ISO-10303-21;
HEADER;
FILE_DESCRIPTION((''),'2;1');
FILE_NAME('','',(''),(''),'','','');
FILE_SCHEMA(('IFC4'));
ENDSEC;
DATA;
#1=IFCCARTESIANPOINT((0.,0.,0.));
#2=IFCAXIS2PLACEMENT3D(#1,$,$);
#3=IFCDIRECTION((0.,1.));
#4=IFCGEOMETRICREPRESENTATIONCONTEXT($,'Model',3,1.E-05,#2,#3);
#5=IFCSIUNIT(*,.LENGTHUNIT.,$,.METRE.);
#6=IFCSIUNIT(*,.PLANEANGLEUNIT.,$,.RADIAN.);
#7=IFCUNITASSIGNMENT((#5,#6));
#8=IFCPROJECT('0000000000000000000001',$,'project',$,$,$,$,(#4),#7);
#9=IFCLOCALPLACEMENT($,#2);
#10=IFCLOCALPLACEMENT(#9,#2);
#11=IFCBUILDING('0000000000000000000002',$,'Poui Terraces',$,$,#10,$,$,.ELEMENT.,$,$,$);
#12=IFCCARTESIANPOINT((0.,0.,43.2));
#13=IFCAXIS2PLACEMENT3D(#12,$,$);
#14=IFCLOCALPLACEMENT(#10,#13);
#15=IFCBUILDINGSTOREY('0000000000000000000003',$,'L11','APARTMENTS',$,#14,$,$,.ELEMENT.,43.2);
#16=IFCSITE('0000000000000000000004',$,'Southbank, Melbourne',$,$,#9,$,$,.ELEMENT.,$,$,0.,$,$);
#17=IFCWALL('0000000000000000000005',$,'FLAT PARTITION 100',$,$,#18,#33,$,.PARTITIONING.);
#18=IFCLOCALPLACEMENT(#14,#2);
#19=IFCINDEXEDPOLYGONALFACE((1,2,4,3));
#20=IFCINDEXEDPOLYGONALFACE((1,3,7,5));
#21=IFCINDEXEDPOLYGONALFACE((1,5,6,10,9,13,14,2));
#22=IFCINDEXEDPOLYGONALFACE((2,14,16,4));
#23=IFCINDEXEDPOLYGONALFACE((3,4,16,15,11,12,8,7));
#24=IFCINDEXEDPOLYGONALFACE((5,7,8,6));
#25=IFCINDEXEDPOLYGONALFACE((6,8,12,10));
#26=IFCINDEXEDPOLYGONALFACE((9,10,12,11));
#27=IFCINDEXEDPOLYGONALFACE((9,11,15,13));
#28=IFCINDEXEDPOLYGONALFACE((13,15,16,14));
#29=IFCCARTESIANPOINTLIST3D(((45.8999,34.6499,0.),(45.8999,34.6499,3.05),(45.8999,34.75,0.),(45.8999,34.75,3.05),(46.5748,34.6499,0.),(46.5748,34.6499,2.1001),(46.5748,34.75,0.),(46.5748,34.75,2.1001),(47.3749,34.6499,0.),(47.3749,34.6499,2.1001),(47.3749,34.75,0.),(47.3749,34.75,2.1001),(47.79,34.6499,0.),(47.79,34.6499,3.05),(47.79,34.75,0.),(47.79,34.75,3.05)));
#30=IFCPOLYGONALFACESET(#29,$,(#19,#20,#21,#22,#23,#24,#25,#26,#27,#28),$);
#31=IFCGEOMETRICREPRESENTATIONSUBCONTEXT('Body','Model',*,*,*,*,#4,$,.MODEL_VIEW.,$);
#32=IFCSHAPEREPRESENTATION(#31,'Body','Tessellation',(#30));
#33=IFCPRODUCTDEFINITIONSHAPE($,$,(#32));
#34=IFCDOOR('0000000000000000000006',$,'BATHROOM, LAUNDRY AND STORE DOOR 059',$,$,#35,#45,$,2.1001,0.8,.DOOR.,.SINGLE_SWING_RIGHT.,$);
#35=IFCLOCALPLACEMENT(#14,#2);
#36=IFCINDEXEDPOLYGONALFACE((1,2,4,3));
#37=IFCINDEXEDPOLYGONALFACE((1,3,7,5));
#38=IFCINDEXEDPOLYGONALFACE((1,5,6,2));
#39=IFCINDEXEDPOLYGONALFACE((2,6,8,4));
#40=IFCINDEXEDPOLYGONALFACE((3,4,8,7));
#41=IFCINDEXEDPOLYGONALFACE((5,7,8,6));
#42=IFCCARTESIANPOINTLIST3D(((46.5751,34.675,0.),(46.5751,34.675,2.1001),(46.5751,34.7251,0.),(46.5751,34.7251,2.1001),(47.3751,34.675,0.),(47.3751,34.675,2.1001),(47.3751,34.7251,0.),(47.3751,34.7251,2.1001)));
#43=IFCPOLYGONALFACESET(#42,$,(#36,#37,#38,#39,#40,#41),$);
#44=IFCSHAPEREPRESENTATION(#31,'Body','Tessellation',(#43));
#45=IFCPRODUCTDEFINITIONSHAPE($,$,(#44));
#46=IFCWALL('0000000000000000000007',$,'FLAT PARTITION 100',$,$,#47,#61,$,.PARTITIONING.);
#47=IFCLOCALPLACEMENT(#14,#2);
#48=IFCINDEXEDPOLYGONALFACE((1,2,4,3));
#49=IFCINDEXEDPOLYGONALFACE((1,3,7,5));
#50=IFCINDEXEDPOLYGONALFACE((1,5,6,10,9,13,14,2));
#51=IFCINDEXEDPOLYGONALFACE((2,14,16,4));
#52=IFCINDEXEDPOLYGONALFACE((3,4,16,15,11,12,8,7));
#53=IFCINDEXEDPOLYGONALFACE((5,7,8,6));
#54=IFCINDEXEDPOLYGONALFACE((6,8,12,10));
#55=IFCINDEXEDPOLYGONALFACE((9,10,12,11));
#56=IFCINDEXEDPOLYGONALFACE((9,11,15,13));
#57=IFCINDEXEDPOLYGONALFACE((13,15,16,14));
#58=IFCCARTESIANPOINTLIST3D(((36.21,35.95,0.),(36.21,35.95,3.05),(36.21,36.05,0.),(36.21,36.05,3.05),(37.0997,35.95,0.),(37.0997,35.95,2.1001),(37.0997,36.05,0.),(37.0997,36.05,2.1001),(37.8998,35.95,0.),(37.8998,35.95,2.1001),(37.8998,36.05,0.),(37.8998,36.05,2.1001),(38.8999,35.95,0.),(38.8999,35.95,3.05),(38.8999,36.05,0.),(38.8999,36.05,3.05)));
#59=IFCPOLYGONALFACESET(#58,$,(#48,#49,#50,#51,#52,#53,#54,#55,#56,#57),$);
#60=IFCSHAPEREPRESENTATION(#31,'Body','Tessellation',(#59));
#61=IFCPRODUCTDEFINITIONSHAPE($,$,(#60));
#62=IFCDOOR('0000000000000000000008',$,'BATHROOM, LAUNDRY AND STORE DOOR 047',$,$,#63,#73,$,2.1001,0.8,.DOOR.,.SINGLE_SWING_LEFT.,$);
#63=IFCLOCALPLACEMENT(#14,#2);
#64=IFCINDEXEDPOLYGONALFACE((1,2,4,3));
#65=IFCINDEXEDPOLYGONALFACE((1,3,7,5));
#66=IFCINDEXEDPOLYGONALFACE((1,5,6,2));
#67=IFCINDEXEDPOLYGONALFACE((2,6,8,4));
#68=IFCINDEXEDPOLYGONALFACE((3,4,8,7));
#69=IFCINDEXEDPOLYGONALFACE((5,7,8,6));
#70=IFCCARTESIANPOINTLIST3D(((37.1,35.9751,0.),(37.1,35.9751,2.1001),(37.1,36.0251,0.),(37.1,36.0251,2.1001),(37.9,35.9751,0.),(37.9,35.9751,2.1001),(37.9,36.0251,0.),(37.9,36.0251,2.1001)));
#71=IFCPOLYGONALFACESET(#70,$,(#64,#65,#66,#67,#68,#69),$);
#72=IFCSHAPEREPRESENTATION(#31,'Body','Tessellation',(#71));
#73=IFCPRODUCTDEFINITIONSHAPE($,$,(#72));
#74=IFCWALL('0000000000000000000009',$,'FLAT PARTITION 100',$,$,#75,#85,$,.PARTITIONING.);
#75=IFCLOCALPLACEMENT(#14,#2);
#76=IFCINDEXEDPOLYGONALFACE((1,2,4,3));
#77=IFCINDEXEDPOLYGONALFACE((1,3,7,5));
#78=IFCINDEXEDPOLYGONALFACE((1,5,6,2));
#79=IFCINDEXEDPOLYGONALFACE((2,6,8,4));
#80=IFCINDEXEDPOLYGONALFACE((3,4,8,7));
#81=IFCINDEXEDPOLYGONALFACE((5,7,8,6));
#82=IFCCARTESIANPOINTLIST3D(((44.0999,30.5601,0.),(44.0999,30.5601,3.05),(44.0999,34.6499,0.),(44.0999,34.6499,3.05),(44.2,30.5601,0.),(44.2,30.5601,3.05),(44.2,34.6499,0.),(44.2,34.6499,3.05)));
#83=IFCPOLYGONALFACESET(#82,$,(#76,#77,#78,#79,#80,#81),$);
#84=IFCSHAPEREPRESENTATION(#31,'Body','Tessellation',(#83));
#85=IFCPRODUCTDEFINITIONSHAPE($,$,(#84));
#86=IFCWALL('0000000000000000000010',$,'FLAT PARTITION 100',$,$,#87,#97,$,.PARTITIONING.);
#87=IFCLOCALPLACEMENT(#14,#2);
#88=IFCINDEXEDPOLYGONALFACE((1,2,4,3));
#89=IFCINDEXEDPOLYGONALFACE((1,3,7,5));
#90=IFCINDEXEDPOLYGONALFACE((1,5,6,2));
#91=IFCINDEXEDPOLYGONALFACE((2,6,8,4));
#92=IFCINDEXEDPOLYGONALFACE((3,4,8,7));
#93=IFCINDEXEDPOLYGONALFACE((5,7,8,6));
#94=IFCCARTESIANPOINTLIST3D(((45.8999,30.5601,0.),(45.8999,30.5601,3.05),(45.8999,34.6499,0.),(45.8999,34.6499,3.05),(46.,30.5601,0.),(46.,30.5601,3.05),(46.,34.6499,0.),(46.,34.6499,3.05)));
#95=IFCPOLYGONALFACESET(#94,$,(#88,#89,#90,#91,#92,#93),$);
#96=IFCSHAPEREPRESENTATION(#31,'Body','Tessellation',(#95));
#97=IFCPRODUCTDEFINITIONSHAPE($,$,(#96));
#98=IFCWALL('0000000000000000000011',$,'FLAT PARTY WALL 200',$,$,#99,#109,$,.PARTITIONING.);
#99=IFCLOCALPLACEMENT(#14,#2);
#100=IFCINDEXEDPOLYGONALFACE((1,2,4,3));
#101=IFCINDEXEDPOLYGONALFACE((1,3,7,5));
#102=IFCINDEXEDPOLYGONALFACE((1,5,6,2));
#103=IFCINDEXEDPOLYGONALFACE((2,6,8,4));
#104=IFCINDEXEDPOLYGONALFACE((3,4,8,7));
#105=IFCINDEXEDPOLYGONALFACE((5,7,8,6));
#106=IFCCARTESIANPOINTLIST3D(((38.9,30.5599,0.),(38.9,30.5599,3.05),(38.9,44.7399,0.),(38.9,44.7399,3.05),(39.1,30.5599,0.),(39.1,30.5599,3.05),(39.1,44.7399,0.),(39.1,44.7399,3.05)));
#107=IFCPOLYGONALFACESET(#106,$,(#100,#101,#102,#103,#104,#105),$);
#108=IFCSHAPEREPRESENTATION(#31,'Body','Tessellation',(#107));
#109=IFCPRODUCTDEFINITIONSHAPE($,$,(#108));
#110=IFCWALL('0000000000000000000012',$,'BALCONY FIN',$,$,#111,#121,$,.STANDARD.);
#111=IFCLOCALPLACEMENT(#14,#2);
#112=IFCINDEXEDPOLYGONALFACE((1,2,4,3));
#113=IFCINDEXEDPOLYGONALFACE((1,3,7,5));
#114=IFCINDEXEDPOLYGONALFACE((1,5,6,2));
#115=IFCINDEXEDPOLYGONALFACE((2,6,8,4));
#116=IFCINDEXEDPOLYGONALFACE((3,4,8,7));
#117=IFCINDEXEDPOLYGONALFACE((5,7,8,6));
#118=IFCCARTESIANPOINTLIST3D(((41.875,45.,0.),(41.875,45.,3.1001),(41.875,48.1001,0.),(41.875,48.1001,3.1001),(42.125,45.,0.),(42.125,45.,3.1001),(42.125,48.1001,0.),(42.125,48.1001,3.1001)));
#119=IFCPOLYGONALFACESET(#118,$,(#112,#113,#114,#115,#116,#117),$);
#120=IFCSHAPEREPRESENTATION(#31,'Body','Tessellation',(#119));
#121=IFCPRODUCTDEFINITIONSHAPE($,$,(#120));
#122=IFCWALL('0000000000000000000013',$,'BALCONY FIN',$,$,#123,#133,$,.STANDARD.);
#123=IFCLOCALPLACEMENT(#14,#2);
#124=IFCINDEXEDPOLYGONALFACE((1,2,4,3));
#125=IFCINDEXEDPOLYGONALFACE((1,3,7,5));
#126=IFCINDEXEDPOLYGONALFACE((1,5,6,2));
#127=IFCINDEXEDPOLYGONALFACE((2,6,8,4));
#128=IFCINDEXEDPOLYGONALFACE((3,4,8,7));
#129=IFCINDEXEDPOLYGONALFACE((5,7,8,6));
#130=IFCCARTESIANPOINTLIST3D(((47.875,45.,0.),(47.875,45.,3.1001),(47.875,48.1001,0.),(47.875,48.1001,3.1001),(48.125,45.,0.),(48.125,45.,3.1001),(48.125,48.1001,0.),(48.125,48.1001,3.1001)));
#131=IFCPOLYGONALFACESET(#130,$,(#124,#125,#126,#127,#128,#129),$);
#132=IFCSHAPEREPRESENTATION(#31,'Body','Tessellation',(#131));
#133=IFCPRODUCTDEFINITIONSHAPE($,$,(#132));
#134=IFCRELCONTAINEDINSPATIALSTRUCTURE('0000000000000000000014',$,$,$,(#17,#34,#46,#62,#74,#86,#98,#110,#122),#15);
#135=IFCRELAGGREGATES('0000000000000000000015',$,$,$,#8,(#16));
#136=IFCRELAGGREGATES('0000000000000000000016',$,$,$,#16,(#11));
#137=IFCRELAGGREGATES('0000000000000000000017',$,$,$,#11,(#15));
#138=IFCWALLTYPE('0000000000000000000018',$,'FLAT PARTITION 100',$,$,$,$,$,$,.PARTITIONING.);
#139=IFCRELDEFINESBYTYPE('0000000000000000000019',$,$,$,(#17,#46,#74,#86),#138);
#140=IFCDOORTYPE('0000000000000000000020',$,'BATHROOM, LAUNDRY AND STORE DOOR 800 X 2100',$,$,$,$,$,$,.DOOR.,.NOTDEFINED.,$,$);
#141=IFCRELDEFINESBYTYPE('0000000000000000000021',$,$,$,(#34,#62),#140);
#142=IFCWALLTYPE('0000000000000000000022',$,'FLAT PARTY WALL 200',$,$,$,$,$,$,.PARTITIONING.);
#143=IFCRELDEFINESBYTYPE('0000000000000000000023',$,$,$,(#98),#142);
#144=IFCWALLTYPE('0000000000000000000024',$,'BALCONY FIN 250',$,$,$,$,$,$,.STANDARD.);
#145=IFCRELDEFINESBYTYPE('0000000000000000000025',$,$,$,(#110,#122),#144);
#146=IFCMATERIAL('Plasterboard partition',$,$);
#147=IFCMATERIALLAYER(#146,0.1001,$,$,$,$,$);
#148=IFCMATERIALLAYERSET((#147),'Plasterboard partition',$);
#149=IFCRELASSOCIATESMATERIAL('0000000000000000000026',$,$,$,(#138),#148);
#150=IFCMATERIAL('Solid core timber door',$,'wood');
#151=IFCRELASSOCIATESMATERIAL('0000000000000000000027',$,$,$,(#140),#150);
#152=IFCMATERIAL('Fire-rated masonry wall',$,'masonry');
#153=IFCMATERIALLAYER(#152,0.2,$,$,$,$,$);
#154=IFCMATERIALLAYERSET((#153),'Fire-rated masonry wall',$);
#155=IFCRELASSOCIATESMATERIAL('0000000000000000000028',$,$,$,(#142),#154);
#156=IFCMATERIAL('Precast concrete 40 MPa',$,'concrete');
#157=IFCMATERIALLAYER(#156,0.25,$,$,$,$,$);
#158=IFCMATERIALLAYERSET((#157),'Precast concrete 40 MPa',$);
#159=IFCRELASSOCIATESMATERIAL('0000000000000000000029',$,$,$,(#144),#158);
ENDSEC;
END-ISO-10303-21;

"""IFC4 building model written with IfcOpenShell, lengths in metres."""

from ifc_helpers import new_model, si_unit, direction, frame, frame_2d, origin, place, context, subcontext, project, spatial, polyline, rectangle, outline, extrude, source, transform, mapped, material, layer, layer_set, type_object, element, fill, save


model = new_model("IFC4")

# Units and contexts
model_context = context("Model", 3, precision=1e-05, world=origin(), true_north=direction((0.0, 1.0)))
body_context = subcontext(model_context, "Body", "Model", "MODEL_VIEW")
ifc_project = project(units=[si_unit("LENGTHUNIT", "METRE"), si_unit("PLANEANGLEUNIT", "RADIAN")], contexts=[model_context])

# Site, building, storey
site_placement = place(None, origin())
site = spatial("IfcSite", under=ifc_project, at=site_placement, Name="Southbank, Melbourne", CompositionType="ELEMENT", RefElevation=0.0)
building_placement = place(site_placement, origin())
building = spatial("IfcBuilding", under=site, at=building_placement, Name="Poui Terraces", CompositionType="ELEMENT")
storey_placement = place(building_placement, frame((0.0, 0.0, 43.2)))
storey = spatial("IfcBuildingStorey", under=building, at=storey_placement, Name="L11", Description="APARTMENTS", CompositionType="ELEMENT", Elevation=43.2)

# Walls, openings, doors
ifc_material_1 = material(Name="Solid core timber door", Category="wood")
ifc_material_2 = material(Name="Plasterboard partition")
ifc_layer_1 = layer(ifc_material_2, 0.1001)
ifc_layer_set_1 = layer_set([ifc_layer_1], Name="Plasterboard partition")
wall_type_1 = type_object("IfcWallType", Name="FLAT PARTITION 100", PredefinedType="PARTITIONING", material=ifc_layer_set_1)
door_type_1 = type_object("IfcDoorType", Name="BATHROOM, LAUNDRY AND STORE DOOR 800 X 2100", OperationType="NOTDEFINED", PredefinedType="DOOR", material=ifc_material_1)
wall_1_placement = place(storey_placement, frame((45.8999, 34.7, 0.0), z_axis=(0.0, 0.0, 1.0), x_axis=(1.0, 0.0, 0.0)))
wall_1 = element("IfcWall", 1, at=wall_1_placement, inside=storey, type_object=wall_type_1, Name="FLAT PARTITION 100", PredefinedType="PARTITIONING", context=body_context, shape_type="SweptSolid", body=[
    extrude(rectangle(XDim=1.8901, YDim=0.1001, at=frame_2d((0.9451, 0.0))), origin(), (0.0, 0.0, 1.0), 3.05),
])
opening_1_placement = place(wall_1_placement, frame((0.675, 0.0, 0.0)))
opening_1 = element("IfcOpeningElement", 2, at=opening_1_placement, cuts=wall_1, PredefinedType="OPENING", context=body_context, shape_type="SweptSolid", body=[
    extrude(rectangle(XDim=0.8, YDim=2.1001, at=frame_2d((0.3999, 1.05))), frame((0.0, 0.0601, 0.0), z_axis=(0.0, -1.0, 0.0), x_axis=(1.0, 0.0, 0.0)), (0.0, 0.0, 1.0), 0.1201),
])
door_1_placement = place(opening_1_placement, frame((0.8, 0.0, 0.0), z_axis=(0.0, 0.0, 1.0), x_axis=(-1.0, 0.0, 0.0)))
door_1 = element("IfcDoor", 3, at=door_1_placement, inside=storey, type_object=door_type_1, Name="BATHROOM, LAUNDRY AND STORE DOOR 059", OperationType="SINGLE_SWING_RIGHT", OverallHeight=2.1001, OverallWidth=0.8, PredefinedType="DOOR", context=body_context, shape_type="SweptSolid", body=[
    extrude(rectangle(XDim=0.8, YDim=2.1001, at=frame_2d((0.3999, 1.05))), frame((0.0, 0.0249, 0.0), z_axis=(0.0, -1.0, 0.0), x_axis=(1.0, 0.0, 0.0)), (0.0, 0.0, 1.0), 0.05),
])
fill(opening_1, door_1)
wall_2_placement = place(storey_placement, frame((36.21, 36.0, 0.0), z_axis=(0.0, 0.0, 1.0), x_axis=(1.0, 0.0, 0.0)))
wall_2 = element("IfcWall", 4, at=wall_2_placement, inside=storey, type_object=wall_type_1, Name="FLAT PARTITION 100", PredefinedType="PARTITIONING", context=body_context, shape_type="SweptSolid", body=[
    extrude(rectangle(XDim=2.6899, YDim=0.1001, at=frame_2d((1.345, 0.0))), origin(), (0.0, 0.0, 1.0), 3.05),
])
opening_2_placement = place(wall_2_placement, frame((0.8899, 0.0, 0.0)))
opening_2 = element("IfcOpeningElement", 5, at=opening_2_placement, cuts=wall_2, PredefinedType="OPENING", context=body_context, shape_type="SweptSolid", body=[
    extrude(rectangle(XDim=0.8, YDim=2.1001, at=frame_2d((0.3999, 1.05))), frame((0.0, 0.0601, 0.0), z_axis=(0.0, -1.0, 0.0), x_axis=(1.0, 0.0, 0.0)), (0.0, 0.0, 1.0), 0.1201),
])
door_2_placement = place(opening_2_placement, frame((0.8, 0.0, 0.0), z_axis=(0.0, 0.0, 1.0), x_axis=(-1.0, 0.0, 0.0)))
door_2 = element("IfcDoor", 6, at=door_2_placement, inside=storey, type_object=door_type_1, Name="BATHROOM, LAUNDRY AND STORE DOOR 047", OperationType="SINGLE_SWING_LEFT", OverallHeight=2.1001, OverallWidth=0.8, PredefinedType="DOOR", context=body_context, shape_type="SweptSolid", body=[
    extrude(rectangle(XDim=0.8, YDim=2.1001, at=frame_2d((0.3999, 1.05))), frame((0.0, 0.0249, 0.0), z_axis=(0.0, -1.0, 0.0), x_axis=(1.0, 0.0, 0.0)), (0.0, 0.0, 1.0), 0.05),
])
fill(opening_2, door_2)

# Walls
for number, where, z_axis, x_axis, name in (
    (7, (44.1499, 30.5601, 0.0), (0.0, 0.0, 1.0), (0.0, 1.0, 0.0), "FLAT PARTITION 100"),
    (8, (45.95, 30.5601, 0.0), (0.0, 0.0, 1.0), (0.0, 1.0, 0.0), "FLAT PARTITION 100"),
):
    element("IfcWall", number, at=place(storey_placement, frame(where, z_axis=z_axis, x_axis=x_axis)), inside=storey, type_object=wall_type_1, Name=name, PredefinedType="PARTITIONING", context=body_context, shape_type="SweptSolid", body=[
        extrude(rectangle(XDim=4.0898, YDim=0.1001, at=frame_2d((2.0449, 0.0))), origin(), (0.0, 0.0, 1.0), 3.05),
    ])
ifc_material_3 = material(Name="Fire-rated masonry wall", Category="masonry")
ifc_layer_2 = layer(ifc_material_3, 0.2)
ifc_layer_set_2 = layer_set([ifc_layer_2], Name="Fire-rated masonry wall")
wall_type_2 = type_object("IfcWallType", Name="FLAT PARTY WALL 200", PredefinedType="PARTITIONING", material=ifc_layer_set_2)
wall_3_placement = place(storey_placement, frame((39.0, 30.5601, 0.0), z_axis=(0.0, 0.0, 1.0), x_axis=(0.0, 1.0, 0.0)))
element("IfcWall", 9, at=wall_3_placement, inside=storey, type_object=wall_type_2, Name="FLAT PARTY WALL 200", PredefinedType="PARTITIONING", context=body_context, shape_type="SweptSolid", body=[
    extrude(rectangle(XDim=14.1799, YDim=0.2, at=frame_2d((7.0898, 0.0))), origin(), (0.0, 0.0, 1.0), 3.05),
])
ifc_material_4 = material(Name="Precast concrete 40 MPa", Category="concrete")
ifc_layer_3 = layer(ifc_material_4, 0.25)
ifc_layer_set_3 = layer_set([ifc_layer_3], Name="Precast concrete 40 MPa")
wall_type_3 = type_object("IfcWallType", Name="BALCONY FIN 250", PredefinedType="STANDARD", material=ifc_layer_set_3)
shared_shape_1 = source(origin(), body_context, "Body", "SweptSolid", [
    extrude(outline(polyline([(0.0, 0.0), (0.25, 0.0), (0.25, 3.1001), (0.0, 3.1001), (0.0, 0.0)])), origin(), (0.0, 0.0, 1.0), 3.1001),
])
for number, where, name in (
    (10, (41.875, 45.0, 0.0), "BALCONY FIN"),
    (11, (47.875, 45.0, 0.0), "BALCONY FIN"),
):
    element("IfcWall", number, at=place(storey_placement, frame(where)), inside=storey, type_object=wall_type_3, Name=name, PredefinedType="STANDARD", context=body_context, shape_type="MappedRepresentation", body=[
        mapped(shared_shape_1, transform((0.0, 0.0, 0.0))),
    ])

save(model, "model.ifc")
